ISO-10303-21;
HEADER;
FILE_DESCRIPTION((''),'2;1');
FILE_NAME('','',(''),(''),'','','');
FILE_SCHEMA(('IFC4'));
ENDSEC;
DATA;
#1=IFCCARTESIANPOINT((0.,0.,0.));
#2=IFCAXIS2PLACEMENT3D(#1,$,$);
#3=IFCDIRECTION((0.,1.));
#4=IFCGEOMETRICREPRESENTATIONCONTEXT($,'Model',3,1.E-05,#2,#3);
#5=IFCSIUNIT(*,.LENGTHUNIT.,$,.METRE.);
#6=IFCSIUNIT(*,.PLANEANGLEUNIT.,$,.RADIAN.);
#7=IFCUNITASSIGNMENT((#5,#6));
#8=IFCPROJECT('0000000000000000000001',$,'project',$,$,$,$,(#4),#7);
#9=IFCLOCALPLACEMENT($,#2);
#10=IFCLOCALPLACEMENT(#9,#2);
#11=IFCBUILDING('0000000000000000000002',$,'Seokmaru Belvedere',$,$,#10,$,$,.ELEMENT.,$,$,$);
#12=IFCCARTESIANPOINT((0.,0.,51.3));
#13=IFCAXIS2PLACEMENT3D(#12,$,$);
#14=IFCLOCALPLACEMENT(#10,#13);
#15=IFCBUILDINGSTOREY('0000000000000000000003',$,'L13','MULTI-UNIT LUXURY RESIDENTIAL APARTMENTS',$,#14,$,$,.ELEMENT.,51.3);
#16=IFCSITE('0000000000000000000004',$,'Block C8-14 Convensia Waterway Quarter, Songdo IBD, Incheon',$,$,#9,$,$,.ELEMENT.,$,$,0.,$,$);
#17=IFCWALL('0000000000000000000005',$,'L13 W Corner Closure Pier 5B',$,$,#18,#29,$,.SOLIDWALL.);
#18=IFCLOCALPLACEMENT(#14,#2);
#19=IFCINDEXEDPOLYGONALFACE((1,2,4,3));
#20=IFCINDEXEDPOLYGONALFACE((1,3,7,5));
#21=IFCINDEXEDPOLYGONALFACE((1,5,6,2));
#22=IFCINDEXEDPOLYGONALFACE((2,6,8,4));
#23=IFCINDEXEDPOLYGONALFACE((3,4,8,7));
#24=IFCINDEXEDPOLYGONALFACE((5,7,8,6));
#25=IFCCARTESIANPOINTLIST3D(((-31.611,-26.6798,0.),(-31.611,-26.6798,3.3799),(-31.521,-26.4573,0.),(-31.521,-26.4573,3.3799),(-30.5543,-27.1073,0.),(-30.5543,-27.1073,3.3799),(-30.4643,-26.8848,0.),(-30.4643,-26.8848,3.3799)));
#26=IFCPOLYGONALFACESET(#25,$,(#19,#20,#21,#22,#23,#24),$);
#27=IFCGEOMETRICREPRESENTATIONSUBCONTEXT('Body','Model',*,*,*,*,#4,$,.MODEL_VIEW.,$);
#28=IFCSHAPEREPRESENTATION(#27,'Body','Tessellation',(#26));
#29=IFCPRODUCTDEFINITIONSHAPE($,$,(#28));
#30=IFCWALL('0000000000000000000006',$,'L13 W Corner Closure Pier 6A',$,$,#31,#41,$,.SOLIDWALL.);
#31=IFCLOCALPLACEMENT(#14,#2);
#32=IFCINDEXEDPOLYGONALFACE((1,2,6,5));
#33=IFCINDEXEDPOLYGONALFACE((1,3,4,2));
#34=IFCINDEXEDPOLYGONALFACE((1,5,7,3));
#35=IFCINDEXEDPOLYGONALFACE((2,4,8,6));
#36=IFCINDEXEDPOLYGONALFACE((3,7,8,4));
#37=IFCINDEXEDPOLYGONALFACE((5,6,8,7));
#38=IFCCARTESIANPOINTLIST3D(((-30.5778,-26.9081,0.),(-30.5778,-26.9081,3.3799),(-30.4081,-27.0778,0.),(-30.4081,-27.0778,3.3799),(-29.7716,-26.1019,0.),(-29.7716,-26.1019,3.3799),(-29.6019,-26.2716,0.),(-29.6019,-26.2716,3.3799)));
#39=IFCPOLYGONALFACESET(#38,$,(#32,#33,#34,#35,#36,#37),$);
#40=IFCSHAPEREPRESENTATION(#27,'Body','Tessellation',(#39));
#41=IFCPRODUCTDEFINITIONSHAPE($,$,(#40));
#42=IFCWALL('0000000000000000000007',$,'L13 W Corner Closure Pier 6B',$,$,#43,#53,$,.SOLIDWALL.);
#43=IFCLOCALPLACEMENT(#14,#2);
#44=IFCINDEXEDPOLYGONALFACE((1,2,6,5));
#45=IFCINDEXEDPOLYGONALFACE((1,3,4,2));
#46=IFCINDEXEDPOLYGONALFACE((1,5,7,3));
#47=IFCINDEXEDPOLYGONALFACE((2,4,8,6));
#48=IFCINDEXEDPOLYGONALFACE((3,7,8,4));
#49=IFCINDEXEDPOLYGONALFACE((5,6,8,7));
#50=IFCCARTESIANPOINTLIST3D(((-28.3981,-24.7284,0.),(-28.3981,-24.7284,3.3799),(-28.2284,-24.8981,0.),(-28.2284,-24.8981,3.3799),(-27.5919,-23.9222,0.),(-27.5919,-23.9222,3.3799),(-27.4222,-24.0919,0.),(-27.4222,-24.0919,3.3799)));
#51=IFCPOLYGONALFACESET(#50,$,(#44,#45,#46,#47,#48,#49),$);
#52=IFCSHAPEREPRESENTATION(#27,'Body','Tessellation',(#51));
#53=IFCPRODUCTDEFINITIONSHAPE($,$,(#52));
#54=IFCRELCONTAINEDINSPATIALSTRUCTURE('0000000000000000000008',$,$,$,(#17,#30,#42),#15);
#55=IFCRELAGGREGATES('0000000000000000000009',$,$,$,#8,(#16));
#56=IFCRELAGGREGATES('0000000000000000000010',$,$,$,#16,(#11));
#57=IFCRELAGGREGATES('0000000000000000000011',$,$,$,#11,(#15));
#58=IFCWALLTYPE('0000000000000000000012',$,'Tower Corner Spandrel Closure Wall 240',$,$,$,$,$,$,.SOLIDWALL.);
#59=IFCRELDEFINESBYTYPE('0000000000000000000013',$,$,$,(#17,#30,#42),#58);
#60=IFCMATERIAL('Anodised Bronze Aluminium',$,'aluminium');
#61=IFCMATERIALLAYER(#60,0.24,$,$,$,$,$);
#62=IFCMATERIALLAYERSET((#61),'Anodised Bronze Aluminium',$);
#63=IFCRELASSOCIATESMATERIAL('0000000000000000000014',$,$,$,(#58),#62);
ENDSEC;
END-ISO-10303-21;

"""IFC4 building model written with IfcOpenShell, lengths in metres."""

from ifc_helpers import new_model, si_unit, direction, frame, frame_2d, origin, place, context, subcontext, project, spatial, rectangle, extrude, material, layer, layer_set, type_object, element, save


model = new_model("IFC4")

# Units and contexts
model_context = context("Model", 3, precision=1e-05, world=origin(), true_north=direction((0.0, 1.0)))
body_context = subcontext(model_context, "Body", "Model", "MODEL_VIEW")
ifc_project = project(units=[si_unit("LENGTHUNIT", "METRE"), si_unit("PLANEANGLEUNIT", "RADIAN")], contexts=[model_context])

# Site, building, storey
site_placement = place(None, origin())
site = spatial("IfcSite", under=ifc_project, at=site_placement, Name="Block C8-14 Convensia Waterway Quarter, Songdo IBD, Incheon", CompositionType="ELEMENT", RefElevation=0.0)
building_placement = place(site_placement, origin())
building = spatial("IfcBuilding", under=site, at=building_placement, Name="Seokmaru Belvedere", CompositionType="ELEMENT")
storey_placement = place(building_placement, frame((0.0, 0.0, 51.3)))
storey = spatial("IfcBuildingStorey", under=building, at=storey_placement, Name="L13", Description="MULTI-UNIT LUXURY RESIDENTIAL APARTMENTS", CompositionType="ELEMENT", Elevation=51.3)

# Shared definitions
ifc_material_1 = material(Name="Anodised Bronze Aluminium", Category="aluminium")

# Walls
ifc_layer_1 = layer(ifc_material_1, 0.24)
ifc_layer_set_1 = layer_set([ifc_layer_1], Name="Anodised Bronze Aluminium")
wall_type_1 = type_object("IfcWallType", Name="Tower Corner Spandrel Closure Wall 240", PredefinedType="SOLIDWALL", material=ifc_layer_set_1)
wall_1_placement = place(storey_placement, frame((-31.5659, -26.5686, 0.0), z_axis=(0.0, 0.0, 1.0), x_axis=(0.927007, -0.375044, 0.0)))
element("IfcWall", 1, at=wall_1_placement, inside=storey, type_object=wall_type_1, Name="L13 W Corner Closure Pier 5B", PredefinedType="SOLIDWALL", context=body_context, shape_type="SweptSolid", body=[
    extrude(rectangle(XDim=1.1399, YDim=0.24, at=frame_2d((0.5698, 0.0))), origin(), (0.0, 0.0, 1.0), 3.3799),
])
for number, where, z_axis, x_axis, name in (
    (2, (-30.4929, -26.9929, 0.0), (0.0, 0.0, 1.0), (0.707107, 0.707107, 0.0), "L13 W Corner Closure Pier 6A"),
    (3, (-28.3132, -24.8132, 0.0), (0.0, 0.0, 1.0), (0.707107, 0.707107, 0.0), "L13 W Corner Closure Pier 6B"),
):
    element("IfcWall", number, at=place(storey_placement, frame(where, z_axis=z_axis, x_axis=x_axis)), inside=storey, type_object=wall_type_1, Name=name, PredefinedType="SOLIDWALL", context=body_context, shape_type="SweptSolid", body=[
        extrude(rectangle(XDim=1.1401, YDim=0.24, at=frame_2d((0.5701, 0.0))), origin(), (0.0, 0.0, 1.0), 3.3799),
    ])

save(model, "model.ifc")
